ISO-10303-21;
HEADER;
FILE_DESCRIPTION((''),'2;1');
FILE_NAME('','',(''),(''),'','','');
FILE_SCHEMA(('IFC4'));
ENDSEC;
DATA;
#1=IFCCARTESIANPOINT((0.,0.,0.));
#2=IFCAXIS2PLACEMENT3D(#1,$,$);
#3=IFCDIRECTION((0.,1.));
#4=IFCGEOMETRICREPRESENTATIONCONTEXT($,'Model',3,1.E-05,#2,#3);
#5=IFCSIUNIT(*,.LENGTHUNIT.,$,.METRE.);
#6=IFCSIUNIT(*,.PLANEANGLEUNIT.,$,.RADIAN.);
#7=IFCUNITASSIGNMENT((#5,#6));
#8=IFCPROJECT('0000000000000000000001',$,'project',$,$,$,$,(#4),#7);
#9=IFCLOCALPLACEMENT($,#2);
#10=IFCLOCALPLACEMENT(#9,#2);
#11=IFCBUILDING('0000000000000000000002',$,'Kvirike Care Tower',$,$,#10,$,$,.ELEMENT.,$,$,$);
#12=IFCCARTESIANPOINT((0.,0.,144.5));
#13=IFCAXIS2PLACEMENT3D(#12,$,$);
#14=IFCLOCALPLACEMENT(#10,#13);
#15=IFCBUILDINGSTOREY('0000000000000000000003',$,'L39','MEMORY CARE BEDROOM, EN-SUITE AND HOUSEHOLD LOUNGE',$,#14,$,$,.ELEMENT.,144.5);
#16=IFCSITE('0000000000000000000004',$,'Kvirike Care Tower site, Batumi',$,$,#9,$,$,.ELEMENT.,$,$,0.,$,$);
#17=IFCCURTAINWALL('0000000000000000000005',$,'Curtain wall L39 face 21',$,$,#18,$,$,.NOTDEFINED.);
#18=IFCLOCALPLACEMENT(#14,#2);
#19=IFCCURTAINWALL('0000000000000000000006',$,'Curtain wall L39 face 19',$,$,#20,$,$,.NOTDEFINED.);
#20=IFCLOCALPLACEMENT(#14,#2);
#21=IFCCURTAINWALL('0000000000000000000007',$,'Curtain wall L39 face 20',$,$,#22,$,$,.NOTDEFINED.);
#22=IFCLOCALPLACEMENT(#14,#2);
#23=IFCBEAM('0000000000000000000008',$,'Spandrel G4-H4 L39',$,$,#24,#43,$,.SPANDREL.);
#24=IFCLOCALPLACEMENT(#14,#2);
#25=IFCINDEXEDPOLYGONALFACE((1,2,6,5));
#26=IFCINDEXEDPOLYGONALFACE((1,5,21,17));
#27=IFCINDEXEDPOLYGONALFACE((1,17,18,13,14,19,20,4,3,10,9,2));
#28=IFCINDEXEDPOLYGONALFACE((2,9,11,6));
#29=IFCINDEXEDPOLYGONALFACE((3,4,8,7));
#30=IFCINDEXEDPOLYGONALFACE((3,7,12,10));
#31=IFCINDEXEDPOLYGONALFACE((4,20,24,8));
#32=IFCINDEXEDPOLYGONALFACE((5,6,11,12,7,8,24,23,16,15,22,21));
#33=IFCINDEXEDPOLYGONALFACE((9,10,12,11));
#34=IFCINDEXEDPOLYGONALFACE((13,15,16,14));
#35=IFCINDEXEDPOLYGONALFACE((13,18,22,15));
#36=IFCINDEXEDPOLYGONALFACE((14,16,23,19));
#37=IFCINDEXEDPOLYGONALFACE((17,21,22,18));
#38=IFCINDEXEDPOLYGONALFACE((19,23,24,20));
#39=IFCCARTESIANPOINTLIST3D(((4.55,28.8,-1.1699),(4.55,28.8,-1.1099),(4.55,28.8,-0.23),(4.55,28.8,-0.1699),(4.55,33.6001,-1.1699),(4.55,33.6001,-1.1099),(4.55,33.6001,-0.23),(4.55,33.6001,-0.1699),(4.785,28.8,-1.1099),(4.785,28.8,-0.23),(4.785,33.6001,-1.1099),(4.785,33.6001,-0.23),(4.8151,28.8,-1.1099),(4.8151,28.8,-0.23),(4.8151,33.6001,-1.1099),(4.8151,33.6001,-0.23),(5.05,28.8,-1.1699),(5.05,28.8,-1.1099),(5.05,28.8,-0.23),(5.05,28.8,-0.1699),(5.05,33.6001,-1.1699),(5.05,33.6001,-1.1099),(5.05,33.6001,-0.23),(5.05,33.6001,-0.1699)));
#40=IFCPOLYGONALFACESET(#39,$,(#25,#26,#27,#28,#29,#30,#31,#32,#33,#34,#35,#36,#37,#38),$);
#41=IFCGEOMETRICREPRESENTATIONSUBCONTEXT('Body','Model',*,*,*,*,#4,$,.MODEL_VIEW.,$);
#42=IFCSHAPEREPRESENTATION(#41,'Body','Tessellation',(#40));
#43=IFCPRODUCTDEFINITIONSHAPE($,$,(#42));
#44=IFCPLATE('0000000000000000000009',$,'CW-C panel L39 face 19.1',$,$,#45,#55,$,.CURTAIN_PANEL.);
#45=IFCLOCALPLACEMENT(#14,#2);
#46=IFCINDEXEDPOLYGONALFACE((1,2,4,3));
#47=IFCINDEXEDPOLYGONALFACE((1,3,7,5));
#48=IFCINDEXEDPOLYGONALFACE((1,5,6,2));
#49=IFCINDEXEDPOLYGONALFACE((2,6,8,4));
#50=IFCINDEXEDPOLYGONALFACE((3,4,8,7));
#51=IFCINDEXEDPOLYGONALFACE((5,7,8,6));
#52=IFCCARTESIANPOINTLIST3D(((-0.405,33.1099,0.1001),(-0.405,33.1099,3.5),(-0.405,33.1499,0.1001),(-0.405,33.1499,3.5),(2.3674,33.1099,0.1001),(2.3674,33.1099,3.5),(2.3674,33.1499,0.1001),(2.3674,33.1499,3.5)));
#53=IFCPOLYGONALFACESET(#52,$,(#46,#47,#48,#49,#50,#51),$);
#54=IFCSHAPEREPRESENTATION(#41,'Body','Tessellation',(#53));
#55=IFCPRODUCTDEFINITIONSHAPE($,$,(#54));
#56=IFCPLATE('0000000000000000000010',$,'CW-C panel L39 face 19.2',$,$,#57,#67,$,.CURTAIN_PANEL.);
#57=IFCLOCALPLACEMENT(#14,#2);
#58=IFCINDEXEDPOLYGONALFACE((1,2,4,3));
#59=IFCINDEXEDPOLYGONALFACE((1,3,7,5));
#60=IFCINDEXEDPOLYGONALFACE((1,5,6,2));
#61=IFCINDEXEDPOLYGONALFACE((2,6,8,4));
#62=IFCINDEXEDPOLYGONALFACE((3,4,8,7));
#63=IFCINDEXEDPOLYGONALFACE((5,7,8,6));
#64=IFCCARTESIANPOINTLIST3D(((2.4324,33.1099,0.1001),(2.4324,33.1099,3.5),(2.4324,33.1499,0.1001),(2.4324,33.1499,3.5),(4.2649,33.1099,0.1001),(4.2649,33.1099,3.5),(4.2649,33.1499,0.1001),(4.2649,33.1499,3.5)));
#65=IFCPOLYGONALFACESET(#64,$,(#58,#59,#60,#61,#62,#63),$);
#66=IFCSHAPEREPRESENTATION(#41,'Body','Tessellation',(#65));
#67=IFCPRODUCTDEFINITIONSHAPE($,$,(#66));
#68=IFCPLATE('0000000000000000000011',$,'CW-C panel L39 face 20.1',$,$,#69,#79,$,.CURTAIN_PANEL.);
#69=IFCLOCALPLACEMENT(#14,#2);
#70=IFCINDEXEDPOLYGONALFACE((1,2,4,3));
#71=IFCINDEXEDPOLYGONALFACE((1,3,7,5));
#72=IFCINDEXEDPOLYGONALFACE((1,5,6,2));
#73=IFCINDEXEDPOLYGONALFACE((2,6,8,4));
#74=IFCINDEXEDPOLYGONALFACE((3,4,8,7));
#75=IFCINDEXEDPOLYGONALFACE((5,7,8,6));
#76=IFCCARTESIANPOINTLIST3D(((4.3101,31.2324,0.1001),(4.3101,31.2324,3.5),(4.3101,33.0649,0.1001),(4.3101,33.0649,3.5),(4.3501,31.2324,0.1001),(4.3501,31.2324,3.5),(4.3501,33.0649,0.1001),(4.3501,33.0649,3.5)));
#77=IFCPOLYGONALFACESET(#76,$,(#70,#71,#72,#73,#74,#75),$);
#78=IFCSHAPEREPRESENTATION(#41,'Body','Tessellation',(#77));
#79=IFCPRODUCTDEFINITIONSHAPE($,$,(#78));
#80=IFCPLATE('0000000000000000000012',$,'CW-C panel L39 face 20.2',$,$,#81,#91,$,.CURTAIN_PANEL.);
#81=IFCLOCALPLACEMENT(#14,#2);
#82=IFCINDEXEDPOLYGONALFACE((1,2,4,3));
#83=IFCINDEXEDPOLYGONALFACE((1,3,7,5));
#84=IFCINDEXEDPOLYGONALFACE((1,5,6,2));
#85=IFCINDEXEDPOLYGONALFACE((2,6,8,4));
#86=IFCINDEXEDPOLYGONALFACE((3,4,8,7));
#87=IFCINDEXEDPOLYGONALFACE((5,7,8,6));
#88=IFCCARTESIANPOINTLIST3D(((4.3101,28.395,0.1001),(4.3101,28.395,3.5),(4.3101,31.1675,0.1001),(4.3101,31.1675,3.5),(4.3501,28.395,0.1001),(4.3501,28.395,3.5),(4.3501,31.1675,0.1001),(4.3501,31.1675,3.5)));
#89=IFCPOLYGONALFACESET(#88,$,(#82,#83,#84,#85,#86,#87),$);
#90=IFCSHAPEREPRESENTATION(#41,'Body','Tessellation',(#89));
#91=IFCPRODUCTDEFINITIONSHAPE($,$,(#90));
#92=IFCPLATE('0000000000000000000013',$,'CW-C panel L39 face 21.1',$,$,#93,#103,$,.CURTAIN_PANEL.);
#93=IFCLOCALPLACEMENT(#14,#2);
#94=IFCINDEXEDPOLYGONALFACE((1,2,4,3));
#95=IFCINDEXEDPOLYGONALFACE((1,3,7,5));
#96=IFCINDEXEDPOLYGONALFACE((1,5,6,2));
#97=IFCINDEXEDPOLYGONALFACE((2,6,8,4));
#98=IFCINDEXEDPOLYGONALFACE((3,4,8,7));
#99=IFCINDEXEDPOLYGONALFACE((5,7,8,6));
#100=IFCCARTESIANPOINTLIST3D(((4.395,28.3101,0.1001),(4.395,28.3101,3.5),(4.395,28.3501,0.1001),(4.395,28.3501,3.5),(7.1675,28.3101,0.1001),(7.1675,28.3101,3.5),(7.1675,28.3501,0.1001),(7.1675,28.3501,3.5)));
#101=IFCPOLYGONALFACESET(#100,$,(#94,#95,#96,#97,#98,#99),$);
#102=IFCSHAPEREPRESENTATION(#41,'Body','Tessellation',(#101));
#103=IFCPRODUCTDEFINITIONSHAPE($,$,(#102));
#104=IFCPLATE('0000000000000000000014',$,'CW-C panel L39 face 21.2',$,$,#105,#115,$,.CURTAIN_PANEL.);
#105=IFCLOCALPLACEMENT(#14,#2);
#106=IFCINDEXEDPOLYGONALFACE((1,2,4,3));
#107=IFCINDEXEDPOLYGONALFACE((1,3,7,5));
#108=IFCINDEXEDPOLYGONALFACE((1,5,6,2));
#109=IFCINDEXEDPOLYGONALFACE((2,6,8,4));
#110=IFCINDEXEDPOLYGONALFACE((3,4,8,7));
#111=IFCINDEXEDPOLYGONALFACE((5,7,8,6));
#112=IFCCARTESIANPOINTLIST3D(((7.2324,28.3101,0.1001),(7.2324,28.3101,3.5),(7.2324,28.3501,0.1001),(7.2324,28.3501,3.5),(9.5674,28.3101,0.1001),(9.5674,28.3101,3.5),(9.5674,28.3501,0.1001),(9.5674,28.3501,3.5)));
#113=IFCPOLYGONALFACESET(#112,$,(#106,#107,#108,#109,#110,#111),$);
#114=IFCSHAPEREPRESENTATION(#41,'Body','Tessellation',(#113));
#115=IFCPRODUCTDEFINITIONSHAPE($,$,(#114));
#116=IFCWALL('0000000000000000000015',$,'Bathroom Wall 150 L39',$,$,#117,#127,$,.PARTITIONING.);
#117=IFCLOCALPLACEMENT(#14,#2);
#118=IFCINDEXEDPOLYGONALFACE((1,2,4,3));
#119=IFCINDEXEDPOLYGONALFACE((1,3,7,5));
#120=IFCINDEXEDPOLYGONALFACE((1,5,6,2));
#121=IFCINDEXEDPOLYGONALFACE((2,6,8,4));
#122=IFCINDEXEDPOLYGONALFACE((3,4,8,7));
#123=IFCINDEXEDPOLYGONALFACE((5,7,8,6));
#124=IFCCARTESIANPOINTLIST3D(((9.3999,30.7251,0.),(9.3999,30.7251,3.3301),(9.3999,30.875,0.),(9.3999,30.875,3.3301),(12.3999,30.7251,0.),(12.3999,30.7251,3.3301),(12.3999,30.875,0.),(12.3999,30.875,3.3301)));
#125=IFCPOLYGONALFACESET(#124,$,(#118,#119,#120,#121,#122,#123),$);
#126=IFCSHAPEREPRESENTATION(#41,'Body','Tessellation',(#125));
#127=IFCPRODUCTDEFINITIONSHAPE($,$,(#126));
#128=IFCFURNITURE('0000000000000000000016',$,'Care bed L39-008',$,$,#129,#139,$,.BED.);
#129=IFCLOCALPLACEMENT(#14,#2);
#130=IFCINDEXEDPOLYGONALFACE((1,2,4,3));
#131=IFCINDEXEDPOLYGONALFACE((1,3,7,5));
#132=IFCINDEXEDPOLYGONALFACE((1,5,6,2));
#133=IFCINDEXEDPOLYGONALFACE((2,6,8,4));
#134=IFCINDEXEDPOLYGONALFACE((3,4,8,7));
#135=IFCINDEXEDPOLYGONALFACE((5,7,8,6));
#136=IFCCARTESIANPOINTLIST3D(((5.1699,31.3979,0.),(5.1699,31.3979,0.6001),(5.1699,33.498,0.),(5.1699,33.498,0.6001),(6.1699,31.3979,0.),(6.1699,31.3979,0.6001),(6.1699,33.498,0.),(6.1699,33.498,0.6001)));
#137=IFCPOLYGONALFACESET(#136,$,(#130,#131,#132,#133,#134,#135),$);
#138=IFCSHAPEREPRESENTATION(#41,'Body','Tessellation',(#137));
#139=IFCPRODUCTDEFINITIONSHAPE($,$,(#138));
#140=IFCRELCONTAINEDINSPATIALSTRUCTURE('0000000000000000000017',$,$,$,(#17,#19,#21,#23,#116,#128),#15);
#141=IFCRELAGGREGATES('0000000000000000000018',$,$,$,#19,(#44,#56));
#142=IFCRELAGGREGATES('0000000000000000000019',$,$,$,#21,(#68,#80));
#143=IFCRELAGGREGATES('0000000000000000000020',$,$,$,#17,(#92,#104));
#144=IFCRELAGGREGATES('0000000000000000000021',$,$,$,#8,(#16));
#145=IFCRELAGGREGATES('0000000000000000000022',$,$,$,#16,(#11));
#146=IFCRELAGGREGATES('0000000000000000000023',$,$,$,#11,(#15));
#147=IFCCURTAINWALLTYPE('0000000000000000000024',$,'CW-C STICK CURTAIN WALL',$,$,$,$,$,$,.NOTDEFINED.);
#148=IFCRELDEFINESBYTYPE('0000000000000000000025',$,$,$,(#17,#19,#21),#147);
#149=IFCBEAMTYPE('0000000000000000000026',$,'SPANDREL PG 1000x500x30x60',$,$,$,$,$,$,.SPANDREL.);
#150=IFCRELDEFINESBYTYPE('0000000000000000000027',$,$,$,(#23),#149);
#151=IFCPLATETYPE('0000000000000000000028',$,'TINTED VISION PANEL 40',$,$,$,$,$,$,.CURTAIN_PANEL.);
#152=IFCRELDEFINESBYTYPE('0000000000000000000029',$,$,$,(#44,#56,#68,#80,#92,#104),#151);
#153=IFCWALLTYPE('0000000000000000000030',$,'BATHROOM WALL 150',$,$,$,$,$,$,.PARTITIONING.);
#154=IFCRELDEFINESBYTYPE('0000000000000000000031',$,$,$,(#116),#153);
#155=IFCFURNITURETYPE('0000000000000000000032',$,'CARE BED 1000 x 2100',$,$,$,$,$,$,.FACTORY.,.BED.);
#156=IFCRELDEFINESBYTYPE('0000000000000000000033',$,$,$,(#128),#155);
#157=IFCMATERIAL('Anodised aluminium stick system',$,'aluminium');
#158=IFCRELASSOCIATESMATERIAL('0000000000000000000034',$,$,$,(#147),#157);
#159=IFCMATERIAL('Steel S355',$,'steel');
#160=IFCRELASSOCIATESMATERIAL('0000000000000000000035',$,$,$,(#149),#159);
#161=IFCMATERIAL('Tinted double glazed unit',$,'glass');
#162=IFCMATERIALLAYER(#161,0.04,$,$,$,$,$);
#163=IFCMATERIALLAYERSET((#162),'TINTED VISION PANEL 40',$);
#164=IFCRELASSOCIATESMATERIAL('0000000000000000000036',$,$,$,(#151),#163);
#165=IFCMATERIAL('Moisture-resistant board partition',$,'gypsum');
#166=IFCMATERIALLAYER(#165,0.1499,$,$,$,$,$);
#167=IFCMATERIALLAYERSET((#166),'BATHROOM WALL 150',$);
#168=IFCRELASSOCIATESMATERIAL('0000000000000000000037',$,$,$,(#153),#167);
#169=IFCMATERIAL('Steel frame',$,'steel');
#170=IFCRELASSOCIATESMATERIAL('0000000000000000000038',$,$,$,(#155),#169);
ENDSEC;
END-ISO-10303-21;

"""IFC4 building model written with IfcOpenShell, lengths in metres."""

from ifc_helpers import new_model, si_unit, direction, frame, frame_2d, origin, origin_2d, place, context, subcontext, project, spatial, rectangle, i_section, extrude, material, layer, layer_set, material_profile, profile_set, type_object, element, aggregate, save


model = new_model("IFC4")

# Units and contexts
model_context = context("Model", 3, precision=1e-05, world=origin(), true_north=direction((0.0, 1.0)))
body_context = subcontext(model_context, "Body", "Model", "MODEL_VIEW")
ifc_project = project(units=[si_unit("LENGTHUNIT", "METRE"), si_unit("PLANEANGLEUNIT", "RADIAN")], contexts=[model_context])

# Site, building, storey
site_placement = place(None, origin())
site = spatial("IfcSite", under=ifc_project, at=site_placement, Name="Kvirike Care Tower site, Batumi", CompositionType="ELEMENT", RefElevation=0.0)
building_placement = place(site_placement, origin())
building = spatial("IfcBuilding", under=site, at=building_placement, Name="Kvirike Care Tower", CompositionType="ELEMENT")
storey_placement = place(building_placement, frame((0.0, 0.0, 144.5)))
storey = spatial("IfcBuildingStorey", under=building, at=storey_placement, Name="L39", Description="MEMORY CARE BEDROOM, EN-SUITE AND HOUSEHOLD LOUNGE", CompositionType="ELEMENT", Elevation=144.5)

# Curtain wall
ifc_material_1 = material(Name="Anodised aluminium stick system", Category="aluminium")
curtain_wall_type = type_object("IfcCurtainWallType", Name="CW-C STICK CURTAIN WALL", PredefinedType="NOTDEFINED", material=ifc_material_1)
curtain_wall_1_placement = place(storey_placement, origin())
curtain_wall_1 = element("IfcCurtainWall", 1, at=curtain_wall_1_placement, inside=storey, type_object=curtain_wall_type, Name="Curtain wall L39 face 21", PredefinedType="NOTDEFINED")

# Curtain walls
curtain_wall_2_placement = place(storey_placement, origin())
curtain_wall_2 = element("IfcCurtainWall", 2, at=curtain_wall_2_placement, inside=storey, type_object=curtain_wall_type, Name="Curtain wall L39 face 19", PredefinedType="NOTDEFINED")
curtain_wall_3_placement = place(storey_placement, origin())
curtain_wall_3 = element("IfcCurtainWall", 3, at=curtain_wall_3_placement, inside=storey, type_object=curtain_wall_type, Name="Curtain wall L39 face 20", PredefinedType="NOTDEFINED")

# Beam
ifc_material_2 = material(Name="Steel S355", Category="steel")
ifc_material_profile_1 = material_profile(ifc_material_2, i_section(OverallWidth=0.5, OverallDepth=1.0, WebThickness=0.03, FlangeThickness=0.0601, at=origin_2d()), Name="PG 1000x500x30x60")
ifc_profile_set_1 = profile_set([ifc_material_profile_1], Name="Steel S355")
beam_type_1 = type_object("IfcBeamType", Name="SPANDREL PG 1000x500x30x60", PredefinedType="SPANDREL", material=ifc_profile_set_1)
beam_1_placement = place(storey_placement, frame((4.8, 28.8, -0.6699), z_axis=(0.0, 1.0, 0.0), x_axis=(-1.0, 0.0, 0.0)))
element("IfcBeam", 4, at=beam_1_placement, inside=storey, type_object=beam_type_1, Name="Spandrel G4-H4 L39", PredefinedType="SPANDREL", context=body_context, shape_type="SweptSolid", body=[
    extrude(i_section(OverallWidth=0.5, OverallDepth=1.0, WebThickness=0.03, FlangeThickness=0.0601, at=origin_2d()), origin(), (0.0, 0.0, 1.0), 4.8),
])

# Plates
ifc_material_3 = material(Name="Tinted double glazed unit", Category="glass")
ifc_layer_1 = layer(ifc_material_3, 0.04)
ifc_layer_set_1 = layer_set([ifc_layer_1], Name="TINTED VISION PANEL 40")
plate_type = type_object("IfcPlateType", Name="TINTED VISION PANEL 40", PredefinedType="CURTAIN_PANEL", material=ifc_layer_set_1)
plate_1_placement = place(storey_placement, frame((0.9812, 33.1299, 0.1001), z_axis=(0.0, 0.0, 1.0), x_axis=(1.0, 0.0, 0.0)))
plate_1 = element("IfcPlate", 5, at=plate_1_placement, type_object=plate_type, Name="CW-C panel L39 face 19.1", PredefinedType="CURTAIN_PANEL", context=body_context, shape_type="SweptSolid", body=[
    extrude(rectangle(XDim=2.7725, YDim=0.04, at=origin_2d()), origin(), (0.0, 0.0, 1.0), 3.3999),
])
plate_2_placement = place(storey_placement, frame((3.3486, 33.1299, 0.1001), z_axis=(0.0, 0.0, 1.0), x_axis=(1.0, 0.0, 0.0)))
plate_2 = element("IfcPlate", 6, at=plate_2_placement, type_object=plate_type, Name="CW-C panel L39 face 19.2", PredefinedType="CURTAIN_PANEL", context=body_context, shape_type="SweptSolid", body=[
    extrude(rectangle(XDim=1.8325, YDim=0.04, at=origin_2d()), origin(), (0.0, 0.0, 1.0), 3.3999),
])
aggregate(curtain_wall_2, [plate_1, plate_2])
plate_3_placement = place(storey_placement, frame((4.3301, 32.1487, 0.1001), z_axis=(0.0, 0.0, 1.0), x_axis=(0.0, -1.0, 0.0)))
plate_3 = element("IfcPlate", 7, at=plate_3_placement, type_object=plate_type, Name="CW-C panel L39 face 20.1", PredefinedType="CURTAIN_PANEL", context=body_context, shape_type="SweptSolid", body=[
    extrude(rectangle(XDim=1.8325, YDim=0.04, at=origin_2d()), origin(), (0.0, 0.0, 1.0), 3.3999),
])
plate_4_placement = place(storey_placement, frame((4.3301, 29.7812, 0.1001), z_axis=(0.0, 0.0, 1.0), x_axis=(0.0, -1.0, 0.0)))
plate_4 = element("IfcPlate", 8, at=plate_4_placement, type_object=plate_type, Name="CW-C panel L39 face 20.2", PredefinedType="CURTAIN_PANEL", context=body_context, shape_type="SweptSolid", body=[
    extrude(rectangle(XDim=2.7725, YDim=0.04, at=origin_2d()), origin(), (0.0, 0.0, 1.0), 3.3999),
])
aggregate(curtain_wall_3, [plate_3, plate_4])
plate_5_placement = place(storey_placement, frame((5.7812, 28.3301, 0.1001), z_axis=(0.0, 0.0, 1.0), x_axis=(1.0, 0.0, 0.0)))
plate_5 = element("IfcPlate", 9, at=plate_5_placement, type_object=plate_type, Name="CW-C panel L39 face 21.1", PredefinedType="CURTAIN_PANEL", context=body_context, shape_type="SweptSolid", body=[
    extrude(rectangle(XDim=2.7725, YDim=0.04, at=origin_2d()), origin(), (0.0, 0.0, 1.0), 3.3999),
])
plate_6_placement = place(storey_placement, frame((8.3999, 28.3301, 0.1001), z_axis=(0.0, 0.0, 1.0), x_axis=(1.0, 0.0, 0.0)))
plate_6 = element("IfcPlate", 10, at=plate_6_placement, type_object=plate_type, Name="CW-C panel L39 face 21.2", PredefinedType="CURTAIN_PANEL", context=body_context, shape_type="SweptSolid", body=[
    extrude(rectangle(XDim=2.335, YDim=0.04, at=origin_2d()), origin(), (0.0, 0.0, 1.0), 3.3999),
])
aggregate(curtain_wall_1, [plate_5, plate_6])

# Wall
ifc_material_4 = material(Name="Moisture-resistant board partition", Category="gypsum")
ifc_layer_2 = layer(ifc_material_4, 0.1499)
ifc_layer_set_2 = layer_set([ifc_layer_2], Name="BATHROOM WALL 150")
wall_type = type_object("IfcWallType", Name="BATHROOM WALL 150", PredefinedType="PARTITIONING", material=ifc_layer_set_2)
wall_placement = place(storey_placement, frame((9.3999, 30.8, 0.0), z_axis=(0.0, 0.0, 1.0), x_axis=(1.0, 0.0, 0.0)))
element("IfcWall", 11, at=wall_placement, inside=storey, type_object=wall_type, Name="Bathroom Wall 150 L39", PredefinedType="PARTITIONING", context=body_context, shape_type="SweptSolid", body=[
    extrude(rectangle(XDim=3.0, YDim=0.1499, at=frame_2d((1.5, 0.0))), origin(), (0.0, 0.0, 1.0), 3.3301),
])

# Furniture
ifc_material_5 = material(Name="Steel frame", Category="steel")
furniture_type = type_object("IfcFurnitureType", Name="CARE BED 1000 x 2100", AssemblyPlace="FACTORY", PredefinedType="BED", material=ifc_material_5)
furniture_placement = place(storey_placement, frame((5.6699, 32.448, 0.0), z_axis=(0.0, 0.0, 1.0), x_axis=(1.0, 0.0, 0.0)))
element("IfcFurniture", 12, at=furniture_placement, inside=storey, type_object=furniture_type, Name="Care bed L39-008", PredefinedType="BED", context=body_context, shape_type="SweptSolid", body=[
    extrude(rectangle(XDim=1.0, YDim=2.1001, at=origin_2d()), origin(), (0.0, 0.0, 1.0), 0.6001),
])

save(model, "model.ifc")
